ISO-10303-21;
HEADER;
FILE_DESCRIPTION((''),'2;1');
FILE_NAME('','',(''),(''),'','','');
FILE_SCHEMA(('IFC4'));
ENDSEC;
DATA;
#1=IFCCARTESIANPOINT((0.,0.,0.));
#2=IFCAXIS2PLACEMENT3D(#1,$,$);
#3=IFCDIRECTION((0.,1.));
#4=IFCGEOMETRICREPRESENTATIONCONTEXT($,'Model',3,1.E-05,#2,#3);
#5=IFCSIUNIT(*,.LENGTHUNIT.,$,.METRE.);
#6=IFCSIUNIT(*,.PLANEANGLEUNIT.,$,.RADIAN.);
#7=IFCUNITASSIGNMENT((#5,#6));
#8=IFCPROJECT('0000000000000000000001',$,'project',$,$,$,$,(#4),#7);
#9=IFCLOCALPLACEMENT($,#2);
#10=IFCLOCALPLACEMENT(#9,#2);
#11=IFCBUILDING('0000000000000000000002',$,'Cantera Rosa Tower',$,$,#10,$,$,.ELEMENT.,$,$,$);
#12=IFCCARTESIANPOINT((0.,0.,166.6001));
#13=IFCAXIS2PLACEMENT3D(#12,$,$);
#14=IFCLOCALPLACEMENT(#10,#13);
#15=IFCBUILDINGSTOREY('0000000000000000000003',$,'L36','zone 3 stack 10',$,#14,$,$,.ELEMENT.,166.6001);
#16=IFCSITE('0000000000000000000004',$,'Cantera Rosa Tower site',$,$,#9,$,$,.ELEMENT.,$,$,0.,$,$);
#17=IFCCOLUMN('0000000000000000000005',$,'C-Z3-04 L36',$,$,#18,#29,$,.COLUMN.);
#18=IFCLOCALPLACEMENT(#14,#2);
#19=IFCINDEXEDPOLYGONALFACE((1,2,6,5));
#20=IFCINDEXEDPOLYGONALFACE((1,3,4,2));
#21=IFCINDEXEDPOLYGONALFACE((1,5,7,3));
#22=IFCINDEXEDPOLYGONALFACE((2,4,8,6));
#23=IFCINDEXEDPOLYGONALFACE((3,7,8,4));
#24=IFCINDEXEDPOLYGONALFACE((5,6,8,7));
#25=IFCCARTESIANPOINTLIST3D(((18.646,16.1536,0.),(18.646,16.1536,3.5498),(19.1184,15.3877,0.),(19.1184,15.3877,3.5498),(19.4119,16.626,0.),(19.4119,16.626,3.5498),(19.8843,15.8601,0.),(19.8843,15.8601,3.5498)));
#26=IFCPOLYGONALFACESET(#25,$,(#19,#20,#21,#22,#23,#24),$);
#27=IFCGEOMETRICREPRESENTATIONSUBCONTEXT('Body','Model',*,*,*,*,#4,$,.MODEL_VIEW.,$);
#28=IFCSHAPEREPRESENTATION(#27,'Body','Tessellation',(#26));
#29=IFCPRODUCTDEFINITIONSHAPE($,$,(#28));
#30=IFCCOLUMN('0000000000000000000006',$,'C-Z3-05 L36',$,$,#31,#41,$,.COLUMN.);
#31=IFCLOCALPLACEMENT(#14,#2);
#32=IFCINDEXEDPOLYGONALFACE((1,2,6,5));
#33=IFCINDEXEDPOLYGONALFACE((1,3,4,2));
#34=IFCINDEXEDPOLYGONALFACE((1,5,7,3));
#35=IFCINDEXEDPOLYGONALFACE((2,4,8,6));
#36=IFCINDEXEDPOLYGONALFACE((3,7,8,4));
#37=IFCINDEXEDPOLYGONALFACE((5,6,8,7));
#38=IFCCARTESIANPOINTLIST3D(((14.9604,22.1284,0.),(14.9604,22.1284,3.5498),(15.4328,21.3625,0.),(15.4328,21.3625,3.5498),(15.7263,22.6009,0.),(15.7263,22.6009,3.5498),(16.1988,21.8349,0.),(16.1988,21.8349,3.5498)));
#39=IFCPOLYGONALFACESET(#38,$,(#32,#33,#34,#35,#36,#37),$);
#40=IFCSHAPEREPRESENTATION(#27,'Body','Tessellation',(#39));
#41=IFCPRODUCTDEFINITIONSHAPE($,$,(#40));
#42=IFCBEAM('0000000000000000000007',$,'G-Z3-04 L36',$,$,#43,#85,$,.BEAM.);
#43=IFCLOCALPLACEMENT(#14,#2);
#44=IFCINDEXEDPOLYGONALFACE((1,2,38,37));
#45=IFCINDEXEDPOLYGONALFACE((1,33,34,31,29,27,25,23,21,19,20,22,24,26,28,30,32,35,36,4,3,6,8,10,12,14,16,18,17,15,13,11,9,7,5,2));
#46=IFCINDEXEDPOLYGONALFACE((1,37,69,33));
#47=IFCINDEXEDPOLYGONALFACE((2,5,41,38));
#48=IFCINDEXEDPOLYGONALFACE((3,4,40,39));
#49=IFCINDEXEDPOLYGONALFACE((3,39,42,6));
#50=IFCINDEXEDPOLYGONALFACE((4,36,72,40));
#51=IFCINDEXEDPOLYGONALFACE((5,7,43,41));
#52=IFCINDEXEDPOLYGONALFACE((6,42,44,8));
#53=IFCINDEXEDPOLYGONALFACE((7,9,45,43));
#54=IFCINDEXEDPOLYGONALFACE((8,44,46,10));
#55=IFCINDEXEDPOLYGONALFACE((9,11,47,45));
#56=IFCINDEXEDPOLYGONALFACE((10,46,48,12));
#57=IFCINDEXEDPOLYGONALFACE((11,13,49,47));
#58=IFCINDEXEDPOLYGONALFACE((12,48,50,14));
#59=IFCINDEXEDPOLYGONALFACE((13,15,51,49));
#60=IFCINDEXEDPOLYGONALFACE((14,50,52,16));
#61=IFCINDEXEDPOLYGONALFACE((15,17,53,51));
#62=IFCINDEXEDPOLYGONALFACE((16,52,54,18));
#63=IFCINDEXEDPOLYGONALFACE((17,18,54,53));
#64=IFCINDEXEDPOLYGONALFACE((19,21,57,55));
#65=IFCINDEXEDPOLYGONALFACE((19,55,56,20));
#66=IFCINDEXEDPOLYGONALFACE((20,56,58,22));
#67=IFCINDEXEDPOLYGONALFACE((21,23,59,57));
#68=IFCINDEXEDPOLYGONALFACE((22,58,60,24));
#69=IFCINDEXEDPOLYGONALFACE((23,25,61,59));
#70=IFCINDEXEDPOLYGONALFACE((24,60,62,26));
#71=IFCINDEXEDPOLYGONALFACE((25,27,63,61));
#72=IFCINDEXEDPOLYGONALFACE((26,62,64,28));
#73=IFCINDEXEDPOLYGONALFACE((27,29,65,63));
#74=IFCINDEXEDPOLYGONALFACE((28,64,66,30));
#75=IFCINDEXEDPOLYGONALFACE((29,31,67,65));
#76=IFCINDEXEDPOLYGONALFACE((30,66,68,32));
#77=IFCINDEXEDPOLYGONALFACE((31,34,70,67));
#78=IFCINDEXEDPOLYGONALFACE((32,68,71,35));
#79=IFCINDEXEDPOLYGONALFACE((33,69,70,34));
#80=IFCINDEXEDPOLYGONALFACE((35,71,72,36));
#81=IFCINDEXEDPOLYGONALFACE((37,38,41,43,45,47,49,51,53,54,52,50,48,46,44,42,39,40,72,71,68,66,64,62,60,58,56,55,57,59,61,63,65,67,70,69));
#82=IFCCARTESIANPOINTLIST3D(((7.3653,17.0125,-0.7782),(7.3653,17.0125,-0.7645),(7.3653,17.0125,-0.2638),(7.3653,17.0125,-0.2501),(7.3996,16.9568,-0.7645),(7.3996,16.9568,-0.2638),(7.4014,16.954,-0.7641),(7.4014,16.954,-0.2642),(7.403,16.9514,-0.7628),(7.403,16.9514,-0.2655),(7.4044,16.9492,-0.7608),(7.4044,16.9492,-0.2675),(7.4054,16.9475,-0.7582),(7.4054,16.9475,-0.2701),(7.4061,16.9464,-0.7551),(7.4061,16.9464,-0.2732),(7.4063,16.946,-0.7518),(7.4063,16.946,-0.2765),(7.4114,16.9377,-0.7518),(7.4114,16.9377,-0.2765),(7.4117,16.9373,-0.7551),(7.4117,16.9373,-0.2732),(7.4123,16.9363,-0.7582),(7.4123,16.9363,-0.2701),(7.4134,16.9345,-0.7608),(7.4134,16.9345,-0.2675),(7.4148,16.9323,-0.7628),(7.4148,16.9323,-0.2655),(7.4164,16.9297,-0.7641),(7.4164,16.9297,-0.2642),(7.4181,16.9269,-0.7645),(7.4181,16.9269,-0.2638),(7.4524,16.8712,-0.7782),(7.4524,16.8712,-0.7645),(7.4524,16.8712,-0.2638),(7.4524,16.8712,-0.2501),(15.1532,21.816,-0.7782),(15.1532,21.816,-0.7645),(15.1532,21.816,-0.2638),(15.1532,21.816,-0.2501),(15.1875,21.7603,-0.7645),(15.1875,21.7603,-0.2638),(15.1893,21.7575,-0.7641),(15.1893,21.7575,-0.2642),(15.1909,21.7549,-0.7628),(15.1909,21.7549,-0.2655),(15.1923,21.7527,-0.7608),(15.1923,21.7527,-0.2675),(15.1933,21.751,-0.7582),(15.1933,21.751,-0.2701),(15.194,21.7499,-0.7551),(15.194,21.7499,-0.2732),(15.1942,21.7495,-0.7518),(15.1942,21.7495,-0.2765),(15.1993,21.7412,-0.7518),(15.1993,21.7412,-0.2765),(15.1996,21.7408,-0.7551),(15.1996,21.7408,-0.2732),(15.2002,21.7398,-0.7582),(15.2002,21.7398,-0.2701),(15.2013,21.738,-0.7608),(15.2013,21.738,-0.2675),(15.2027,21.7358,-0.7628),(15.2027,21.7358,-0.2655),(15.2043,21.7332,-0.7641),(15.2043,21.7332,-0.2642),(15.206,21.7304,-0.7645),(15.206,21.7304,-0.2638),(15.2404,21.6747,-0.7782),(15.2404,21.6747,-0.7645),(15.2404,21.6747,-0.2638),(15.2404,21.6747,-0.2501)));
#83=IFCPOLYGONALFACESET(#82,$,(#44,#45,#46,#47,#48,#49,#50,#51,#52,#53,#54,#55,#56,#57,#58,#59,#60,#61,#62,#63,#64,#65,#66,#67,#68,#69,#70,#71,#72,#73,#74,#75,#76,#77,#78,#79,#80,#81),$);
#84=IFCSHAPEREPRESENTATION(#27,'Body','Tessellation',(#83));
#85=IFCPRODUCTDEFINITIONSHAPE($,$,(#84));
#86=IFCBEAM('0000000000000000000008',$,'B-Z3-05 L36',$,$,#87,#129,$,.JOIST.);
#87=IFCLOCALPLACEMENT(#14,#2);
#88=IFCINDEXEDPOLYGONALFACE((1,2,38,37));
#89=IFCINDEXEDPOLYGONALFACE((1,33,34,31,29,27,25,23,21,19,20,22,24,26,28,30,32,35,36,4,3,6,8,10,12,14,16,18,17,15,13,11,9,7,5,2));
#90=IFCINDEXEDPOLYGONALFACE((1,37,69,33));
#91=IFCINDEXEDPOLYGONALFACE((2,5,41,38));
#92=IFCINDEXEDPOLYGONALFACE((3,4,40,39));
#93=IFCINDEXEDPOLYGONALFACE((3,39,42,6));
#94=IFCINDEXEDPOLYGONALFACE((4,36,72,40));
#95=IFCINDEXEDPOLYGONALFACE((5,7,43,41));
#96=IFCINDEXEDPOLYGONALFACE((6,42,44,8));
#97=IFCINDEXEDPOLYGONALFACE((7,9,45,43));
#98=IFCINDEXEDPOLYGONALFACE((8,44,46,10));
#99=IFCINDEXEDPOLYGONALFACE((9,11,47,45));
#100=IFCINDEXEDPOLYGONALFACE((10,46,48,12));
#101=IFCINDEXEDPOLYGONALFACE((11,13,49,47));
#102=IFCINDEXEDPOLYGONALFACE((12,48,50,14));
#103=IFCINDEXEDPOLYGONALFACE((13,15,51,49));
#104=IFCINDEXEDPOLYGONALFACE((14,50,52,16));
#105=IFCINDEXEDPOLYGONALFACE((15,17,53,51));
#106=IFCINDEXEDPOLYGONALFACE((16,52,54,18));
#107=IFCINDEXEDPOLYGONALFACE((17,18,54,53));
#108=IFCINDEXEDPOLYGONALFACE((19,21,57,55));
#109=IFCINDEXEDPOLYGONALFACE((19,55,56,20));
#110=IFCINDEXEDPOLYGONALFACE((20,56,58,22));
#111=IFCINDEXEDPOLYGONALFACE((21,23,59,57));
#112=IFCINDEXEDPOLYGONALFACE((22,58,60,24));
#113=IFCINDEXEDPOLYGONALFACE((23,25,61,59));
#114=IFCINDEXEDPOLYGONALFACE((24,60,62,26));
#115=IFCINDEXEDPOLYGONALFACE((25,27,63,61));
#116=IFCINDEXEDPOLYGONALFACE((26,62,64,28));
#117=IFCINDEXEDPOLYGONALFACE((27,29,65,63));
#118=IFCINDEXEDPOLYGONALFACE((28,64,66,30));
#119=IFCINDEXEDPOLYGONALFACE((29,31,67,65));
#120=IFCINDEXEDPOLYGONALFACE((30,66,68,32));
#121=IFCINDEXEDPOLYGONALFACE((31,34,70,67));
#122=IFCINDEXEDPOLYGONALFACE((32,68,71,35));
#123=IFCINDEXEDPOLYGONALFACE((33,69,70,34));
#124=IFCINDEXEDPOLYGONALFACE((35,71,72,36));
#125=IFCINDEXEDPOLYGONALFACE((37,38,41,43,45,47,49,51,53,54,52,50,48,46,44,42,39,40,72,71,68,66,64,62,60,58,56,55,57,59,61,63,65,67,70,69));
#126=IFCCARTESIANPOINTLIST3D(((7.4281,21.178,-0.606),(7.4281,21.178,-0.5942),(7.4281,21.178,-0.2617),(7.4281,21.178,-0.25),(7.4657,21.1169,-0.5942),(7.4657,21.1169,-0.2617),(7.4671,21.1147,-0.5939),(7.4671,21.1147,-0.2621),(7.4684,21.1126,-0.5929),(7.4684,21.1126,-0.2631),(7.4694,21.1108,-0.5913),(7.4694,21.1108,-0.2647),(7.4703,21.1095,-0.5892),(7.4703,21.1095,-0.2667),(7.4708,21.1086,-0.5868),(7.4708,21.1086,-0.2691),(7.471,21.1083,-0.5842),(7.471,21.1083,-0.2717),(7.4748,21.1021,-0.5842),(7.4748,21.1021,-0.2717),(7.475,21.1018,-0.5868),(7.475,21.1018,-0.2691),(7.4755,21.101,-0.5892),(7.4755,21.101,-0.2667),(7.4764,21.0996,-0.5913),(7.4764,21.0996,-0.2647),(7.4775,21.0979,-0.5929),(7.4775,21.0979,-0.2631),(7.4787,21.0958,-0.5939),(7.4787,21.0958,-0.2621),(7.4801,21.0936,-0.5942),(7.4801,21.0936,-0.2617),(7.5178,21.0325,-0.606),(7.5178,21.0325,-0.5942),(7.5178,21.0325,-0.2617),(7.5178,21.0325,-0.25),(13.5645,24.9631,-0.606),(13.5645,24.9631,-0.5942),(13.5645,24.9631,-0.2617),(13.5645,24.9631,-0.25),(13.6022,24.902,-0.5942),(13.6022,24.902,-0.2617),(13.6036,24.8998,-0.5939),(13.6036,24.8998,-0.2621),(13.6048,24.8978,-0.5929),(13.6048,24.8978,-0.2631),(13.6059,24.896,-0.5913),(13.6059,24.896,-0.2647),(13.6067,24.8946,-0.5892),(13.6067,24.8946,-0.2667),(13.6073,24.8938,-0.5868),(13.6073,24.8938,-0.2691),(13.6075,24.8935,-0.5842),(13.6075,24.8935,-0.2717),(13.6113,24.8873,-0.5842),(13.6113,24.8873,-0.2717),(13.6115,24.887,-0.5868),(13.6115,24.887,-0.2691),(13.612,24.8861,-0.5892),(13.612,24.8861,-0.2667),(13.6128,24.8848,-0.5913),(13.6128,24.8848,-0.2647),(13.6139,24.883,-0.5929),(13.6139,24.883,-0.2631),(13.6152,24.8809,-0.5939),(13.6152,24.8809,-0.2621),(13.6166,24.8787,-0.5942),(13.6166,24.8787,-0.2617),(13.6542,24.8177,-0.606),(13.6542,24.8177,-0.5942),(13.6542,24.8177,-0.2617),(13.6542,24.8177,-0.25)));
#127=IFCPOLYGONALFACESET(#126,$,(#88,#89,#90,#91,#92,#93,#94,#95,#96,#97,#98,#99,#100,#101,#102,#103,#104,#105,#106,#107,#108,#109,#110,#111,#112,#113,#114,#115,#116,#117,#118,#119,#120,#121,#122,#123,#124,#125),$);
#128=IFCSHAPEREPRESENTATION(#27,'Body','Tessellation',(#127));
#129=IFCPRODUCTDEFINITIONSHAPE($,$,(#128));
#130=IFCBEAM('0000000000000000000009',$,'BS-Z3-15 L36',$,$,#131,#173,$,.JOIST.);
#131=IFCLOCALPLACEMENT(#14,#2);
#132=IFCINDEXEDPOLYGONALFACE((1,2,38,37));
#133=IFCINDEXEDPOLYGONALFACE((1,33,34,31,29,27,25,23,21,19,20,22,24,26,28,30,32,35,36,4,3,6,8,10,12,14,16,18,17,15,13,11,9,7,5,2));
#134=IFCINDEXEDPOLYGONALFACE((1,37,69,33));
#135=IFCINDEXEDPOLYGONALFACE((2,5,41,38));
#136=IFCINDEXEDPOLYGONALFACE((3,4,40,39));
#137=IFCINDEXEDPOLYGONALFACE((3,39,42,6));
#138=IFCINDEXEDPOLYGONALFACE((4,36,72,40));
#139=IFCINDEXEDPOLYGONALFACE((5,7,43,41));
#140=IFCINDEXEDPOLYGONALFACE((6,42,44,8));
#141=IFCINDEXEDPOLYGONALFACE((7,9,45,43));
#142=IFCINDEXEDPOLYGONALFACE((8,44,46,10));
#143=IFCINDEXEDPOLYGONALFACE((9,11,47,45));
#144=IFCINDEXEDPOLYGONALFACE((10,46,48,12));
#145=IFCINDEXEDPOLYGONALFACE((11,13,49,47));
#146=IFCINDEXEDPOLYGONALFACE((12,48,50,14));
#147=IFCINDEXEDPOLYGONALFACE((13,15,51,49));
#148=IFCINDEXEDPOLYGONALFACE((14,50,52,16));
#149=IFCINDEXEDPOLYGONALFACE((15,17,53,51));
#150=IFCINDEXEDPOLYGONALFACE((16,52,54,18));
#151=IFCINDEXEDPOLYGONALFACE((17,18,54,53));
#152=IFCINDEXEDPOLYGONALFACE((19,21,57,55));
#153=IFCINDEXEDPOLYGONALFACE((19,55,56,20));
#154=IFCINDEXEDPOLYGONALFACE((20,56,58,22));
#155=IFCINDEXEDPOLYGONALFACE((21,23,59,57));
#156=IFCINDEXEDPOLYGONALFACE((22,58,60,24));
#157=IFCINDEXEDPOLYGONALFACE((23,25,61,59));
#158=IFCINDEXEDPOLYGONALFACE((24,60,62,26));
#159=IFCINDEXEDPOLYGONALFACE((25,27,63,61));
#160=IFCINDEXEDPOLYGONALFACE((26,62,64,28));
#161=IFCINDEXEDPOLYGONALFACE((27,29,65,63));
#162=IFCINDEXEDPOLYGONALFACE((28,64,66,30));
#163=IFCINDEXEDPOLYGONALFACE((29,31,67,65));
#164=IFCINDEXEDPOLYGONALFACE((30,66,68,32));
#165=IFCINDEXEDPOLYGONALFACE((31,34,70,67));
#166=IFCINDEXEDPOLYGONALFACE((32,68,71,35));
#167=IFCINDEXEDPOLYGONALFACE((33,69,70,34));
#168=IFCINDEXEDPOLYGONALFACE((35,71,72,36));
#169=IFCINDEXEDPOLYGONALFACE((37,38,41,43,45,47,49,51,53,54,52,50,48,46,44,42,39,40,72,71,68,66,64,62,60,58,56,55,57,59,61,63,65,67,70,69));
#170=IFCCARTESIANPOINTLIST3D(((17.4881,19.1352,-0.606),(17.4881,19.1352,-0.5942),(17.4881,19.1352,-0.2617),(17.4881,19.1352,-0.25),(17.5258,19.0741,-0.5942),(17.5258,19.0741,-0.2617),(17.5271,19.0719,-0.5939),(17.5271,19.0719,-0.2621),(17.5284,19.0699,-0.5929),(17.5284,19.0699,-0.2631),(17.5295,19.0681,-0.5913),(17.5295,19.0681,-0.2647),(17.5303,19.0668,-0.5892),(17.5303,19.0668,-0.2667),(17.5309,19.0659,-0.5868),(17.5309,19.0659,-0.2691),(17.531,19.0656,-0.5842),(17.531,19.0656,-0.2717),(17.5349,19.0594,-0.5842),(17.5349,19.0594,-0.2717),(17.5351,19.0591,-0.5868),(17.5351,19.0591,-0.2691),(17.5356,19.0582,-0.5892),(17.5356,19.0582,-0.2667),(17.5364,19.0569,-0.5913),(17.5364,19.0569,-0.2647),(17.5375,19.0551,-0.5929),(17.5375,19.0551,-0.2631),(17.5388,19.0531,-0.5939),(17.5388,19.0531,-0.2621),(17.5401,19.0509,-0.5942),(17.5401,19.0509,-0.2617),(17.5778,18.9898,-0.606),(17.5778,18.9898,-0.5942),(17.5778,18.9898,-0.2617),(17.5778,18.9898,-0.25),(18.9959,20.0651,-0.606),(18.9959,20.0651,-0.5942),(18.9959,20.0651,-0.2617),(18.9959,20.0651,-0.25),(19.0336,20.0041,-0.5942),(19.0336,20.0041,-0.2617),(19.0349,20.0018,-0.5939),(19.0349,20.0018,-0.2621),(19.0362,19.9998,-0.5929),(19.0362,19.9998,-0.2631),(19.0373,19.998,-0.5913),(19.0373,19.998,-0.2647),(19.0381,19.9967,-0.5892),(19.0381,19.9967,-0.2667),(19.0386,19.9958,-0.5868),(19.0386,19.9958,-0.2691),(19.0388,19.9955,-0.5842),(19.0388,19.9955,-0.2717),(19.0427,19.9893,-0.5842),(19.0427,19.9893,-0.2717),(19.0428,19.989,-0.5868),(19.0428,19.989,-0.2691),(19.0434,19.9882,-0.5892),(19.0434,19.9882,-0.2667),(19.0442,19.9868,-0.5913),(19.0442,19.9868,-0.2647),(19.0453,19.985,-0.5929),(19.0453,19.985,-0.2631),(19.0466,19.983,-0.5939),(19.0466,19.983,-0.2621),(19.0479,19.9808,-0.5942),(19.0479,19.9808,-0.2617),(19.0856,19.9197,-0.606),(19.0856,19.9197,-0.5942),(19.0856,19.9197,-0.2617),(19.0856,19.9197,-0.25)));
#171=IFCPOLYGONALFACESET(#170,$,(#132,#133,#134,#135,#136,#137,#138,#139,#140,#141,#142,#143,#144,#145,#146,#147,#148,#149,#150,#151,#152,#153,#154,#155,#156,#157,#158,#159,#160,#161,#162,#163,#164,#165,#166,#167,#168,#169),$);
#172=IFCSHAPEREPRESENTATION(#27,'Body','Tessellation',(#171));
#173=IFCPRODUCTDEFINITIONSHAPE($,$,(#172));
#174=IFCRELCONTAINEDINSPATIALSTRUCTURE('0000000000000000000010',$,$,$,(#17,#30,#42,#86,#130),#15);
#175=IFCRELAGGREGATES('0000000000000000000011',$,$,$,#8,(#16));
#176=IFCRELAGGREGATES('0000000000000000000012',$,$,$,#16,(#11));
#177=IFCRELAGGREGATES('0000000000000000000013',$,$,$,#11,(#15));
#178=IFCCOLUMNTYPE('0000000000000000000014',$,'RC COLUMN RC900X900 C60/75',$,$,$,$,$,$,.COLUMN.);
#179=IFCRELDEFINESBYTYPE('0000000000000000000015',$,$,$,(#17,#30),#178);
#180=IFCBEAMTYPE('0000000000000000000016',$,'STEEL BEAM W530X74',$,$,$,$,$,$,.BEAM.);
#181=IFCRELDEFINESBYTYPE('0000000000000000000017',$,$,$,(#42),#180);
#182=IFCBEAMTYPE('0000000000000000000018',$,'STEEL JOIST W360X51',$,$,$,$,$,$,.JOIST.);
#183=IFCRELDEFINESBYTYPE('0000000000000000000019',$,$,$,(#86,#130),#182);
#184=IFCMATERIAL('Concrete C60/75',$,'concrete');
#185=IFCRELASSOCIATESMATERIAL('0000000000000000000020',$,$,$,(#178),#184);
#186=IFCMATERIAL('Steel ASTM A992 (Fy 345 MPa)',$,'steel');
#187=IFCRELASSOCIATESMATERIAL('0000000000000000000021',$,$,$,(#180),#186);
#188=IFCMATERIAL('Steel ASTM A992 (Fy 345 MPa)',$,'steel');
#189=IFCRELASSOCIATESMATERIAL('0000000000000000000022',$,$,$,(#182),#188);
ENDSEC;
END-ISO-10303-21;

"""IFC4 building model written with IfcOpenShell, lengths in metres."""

from ifc_helpers import new_model, si_unit, direction, frame, origin, origin_2d, place, context, subcontext, project, spatial, rectangle, i_section, extrude, material, material_profile, profile_set, type_object, element, save


model = new_model("IFC4")

# Units and contexts
model_context = context("Model", 3, precision=1e-05, world=origin(), true_north=direction((0.0, 1.0)))
body_context = subcontext(model_context, "Body", "Model", "MODEL_VIEW")
ifc_project = project(units=[si_unit("LENGTHUNIT", "METRE"), si_unit("PLANEANGLEUNIT", "RADIAN")], contexts=[model_context])

# Site, building, storey
site_placement = place(None, origin())
site = spatial("IfcSite", under=ifc_project, at=site_placement, Name="Cantera Rosa Tower site", CompositionType="ELEMENT", RefElevation=0.0)
building_placement = place(site_placement, origin())
building = spatial("IfcBuilding", under=site, at=building_placement, Name="Cantera Rosa Tower", CompositionType="ELEMENT")
storey_placement = place(building_placement, frame((0.0, 0.0, 166.6001)))
storey = spatial("IfcBuildingStorey", under=building, at=storey_placement, Name="L36", Description="zone 3 stack 10", CompositionType="ELEMENT", Elevation=166.6001)

# Columns
ifc_material_1 = material(Name="Concrete C60/75", Category="concrete")
ifc_material_profile_1 = material_profile(ifc_material_1, rectangle(XDim=0.8999, YDim=0.8999, at=origin_2d()), Name="RC COLUMN RC900X900 C60/75")
ifc_profile_set_1 = profile_set([ifc_material_profile_1], Name="Concrete C60/75")
column_type = type_object("IfcColumnType", Name="RC COLUMN RC900X900 C60/75", PredefinedType="COLUMN", material=ifc_profile_set_1)
for number, where, z_axis, x_axis, name in (
    (1, (19.2651, 16.0068, 0.0), (0.0, 0.0, 1.0), (0.851117, 0.524977, 0.0), "C-Z3-04 L36"),
    (2, (15.5796, 21.9817, 0.0), (0.0, 0.0, 1.0), (0.851117, 0.524977, 0.0), "C-Z3-05 L36"),
):
    element("IfcColumn", number, at=place(storey_placement, frame(where, z_axis=z_axis, x_axis=x_axis)), inside=storey, type_object=column_type, Name=name, PredefinedType="COLUMN", context=body_context, shape_type="SweptSolid", body=[
        extrude(rectangle(XDim=0.8999, YDim=0.8999, at=origin_2d()), origin(), (0.0, 0.0, 1.0), 3.5498),
    ])

# Beams
ifc_material_2 = material(Name="Steel ASTM A992 (Fy 345 MPa)", Category="steel")
ifc_material_profile_2 = material_profile(ifc_material_2, i_section(OverallWidth=0.166, OverallDepth=0.5281, WebThickness=0.0098, FlangeThickness=0.0137, FilletRadius=0.0127, at=origin_2d()), Name="W530X74")
ifc_profile_set_2 = profile_set([ifc_material_profile_2], Name="Steel ASTM A992 (Fy 345 MPa)")
beam_type_1 = type_object("IfcBeamType", Name="STEEL BEAM W530X74", PredefinedType="BEAM", material=ifc_profile_set_2)
beam_1_placement = place(storey_placement, frame((15.1968, 21.7454, -0.5142), z_axis=(-0.851124, -0.524965, 0.0), x_axis=(0.524965, -0.851124, 0.0)))
element("IfcBeam", 3, at=beam_1_placement, inside=storey, type_object=beam_type_1, Name="G-Z3-04 L36", PredefinedType="BEAM", context=body_context, shape_type="SweptSolid", body=[
    extrude(i_section(OverallWidth=0.166, OverallDepth=0.5281, WebThickness=0.0098, FlangeThickness=0.0137, FilletRadius=0.0127, at=origin_2d()), origin(), (0.0, 0.0, 1.0), 9.1501),
])
ifc_material_3 = material(Name="Steel ASTM A992 (Fy 345 MPa)", Category="steel")
ifc_material_profile_3 = material_profile(ifc_material_3, i_section(OverallWidth=0.1709, OverallDepth=0.356, WebThickness=0.0073, FlangeThickness=0.0117, FilletRadius=0.01, at=origin_2d()), Name="W360X51")
ifc_profile_set_3 = profile_set([ifc_material_profile_3], Name="Steel ASTM A992 (Fy 345 MPa)")
beam_type_2 = type_object("IfcBeamType", Name="STEEL JOIST W360X51", PredefinedType="JOIST", material=ifc_profile_set_3)
beam_2_placement = place(storey_placement, frame((13.6094, 24.8904, -0.428), z_axis=(-0.851109, -0.524989, 0.0), x_axis=(0.524989, -0.851109, 0.0)))
element("IfcBeam", 4, at=beam_2_placement, inside=storey, type_object=beam_type_2, Name="B-Z3-05 L36", PredefinedType="JOIST", context=body_context, shape_type="SweptSolid", body=[
    extrude(i_section(OverallWidth=0.1709, OverallDepth=0.356, WebThickness=0.0073, FlangeThickness=0.0117, FilletRadius=0.01, at=origin_2d()), origin(), (0.0, 0.0, 1.0), 7.21),
])
beam_3_placement = place(storey_placement, frame((17.533, 19.0625, -0.428), z_axis=(0.851142, 0.524935, 0.0), x_axis=(-0.524935, 0.851142, 0.0)))
element("IfcBeam", 5, at=beam_3_placement, inside=storey, type_object=beam_type_2, Name="BS-Z3-15 L36", PredefinedType="JOIST", context=body_context, shape_type="SweptSolid", body=[
    extrude(i_section(OverallWidth=0.1709, OverallDepth=0.356, WebThickness=0.0073, FlangeThickness=0.0117, FilletRadius=0.01, at=origin_2d()), origin(), (0.0, 0.0, 1.0), 1.7715),
])

save(model, "model.ifc")
